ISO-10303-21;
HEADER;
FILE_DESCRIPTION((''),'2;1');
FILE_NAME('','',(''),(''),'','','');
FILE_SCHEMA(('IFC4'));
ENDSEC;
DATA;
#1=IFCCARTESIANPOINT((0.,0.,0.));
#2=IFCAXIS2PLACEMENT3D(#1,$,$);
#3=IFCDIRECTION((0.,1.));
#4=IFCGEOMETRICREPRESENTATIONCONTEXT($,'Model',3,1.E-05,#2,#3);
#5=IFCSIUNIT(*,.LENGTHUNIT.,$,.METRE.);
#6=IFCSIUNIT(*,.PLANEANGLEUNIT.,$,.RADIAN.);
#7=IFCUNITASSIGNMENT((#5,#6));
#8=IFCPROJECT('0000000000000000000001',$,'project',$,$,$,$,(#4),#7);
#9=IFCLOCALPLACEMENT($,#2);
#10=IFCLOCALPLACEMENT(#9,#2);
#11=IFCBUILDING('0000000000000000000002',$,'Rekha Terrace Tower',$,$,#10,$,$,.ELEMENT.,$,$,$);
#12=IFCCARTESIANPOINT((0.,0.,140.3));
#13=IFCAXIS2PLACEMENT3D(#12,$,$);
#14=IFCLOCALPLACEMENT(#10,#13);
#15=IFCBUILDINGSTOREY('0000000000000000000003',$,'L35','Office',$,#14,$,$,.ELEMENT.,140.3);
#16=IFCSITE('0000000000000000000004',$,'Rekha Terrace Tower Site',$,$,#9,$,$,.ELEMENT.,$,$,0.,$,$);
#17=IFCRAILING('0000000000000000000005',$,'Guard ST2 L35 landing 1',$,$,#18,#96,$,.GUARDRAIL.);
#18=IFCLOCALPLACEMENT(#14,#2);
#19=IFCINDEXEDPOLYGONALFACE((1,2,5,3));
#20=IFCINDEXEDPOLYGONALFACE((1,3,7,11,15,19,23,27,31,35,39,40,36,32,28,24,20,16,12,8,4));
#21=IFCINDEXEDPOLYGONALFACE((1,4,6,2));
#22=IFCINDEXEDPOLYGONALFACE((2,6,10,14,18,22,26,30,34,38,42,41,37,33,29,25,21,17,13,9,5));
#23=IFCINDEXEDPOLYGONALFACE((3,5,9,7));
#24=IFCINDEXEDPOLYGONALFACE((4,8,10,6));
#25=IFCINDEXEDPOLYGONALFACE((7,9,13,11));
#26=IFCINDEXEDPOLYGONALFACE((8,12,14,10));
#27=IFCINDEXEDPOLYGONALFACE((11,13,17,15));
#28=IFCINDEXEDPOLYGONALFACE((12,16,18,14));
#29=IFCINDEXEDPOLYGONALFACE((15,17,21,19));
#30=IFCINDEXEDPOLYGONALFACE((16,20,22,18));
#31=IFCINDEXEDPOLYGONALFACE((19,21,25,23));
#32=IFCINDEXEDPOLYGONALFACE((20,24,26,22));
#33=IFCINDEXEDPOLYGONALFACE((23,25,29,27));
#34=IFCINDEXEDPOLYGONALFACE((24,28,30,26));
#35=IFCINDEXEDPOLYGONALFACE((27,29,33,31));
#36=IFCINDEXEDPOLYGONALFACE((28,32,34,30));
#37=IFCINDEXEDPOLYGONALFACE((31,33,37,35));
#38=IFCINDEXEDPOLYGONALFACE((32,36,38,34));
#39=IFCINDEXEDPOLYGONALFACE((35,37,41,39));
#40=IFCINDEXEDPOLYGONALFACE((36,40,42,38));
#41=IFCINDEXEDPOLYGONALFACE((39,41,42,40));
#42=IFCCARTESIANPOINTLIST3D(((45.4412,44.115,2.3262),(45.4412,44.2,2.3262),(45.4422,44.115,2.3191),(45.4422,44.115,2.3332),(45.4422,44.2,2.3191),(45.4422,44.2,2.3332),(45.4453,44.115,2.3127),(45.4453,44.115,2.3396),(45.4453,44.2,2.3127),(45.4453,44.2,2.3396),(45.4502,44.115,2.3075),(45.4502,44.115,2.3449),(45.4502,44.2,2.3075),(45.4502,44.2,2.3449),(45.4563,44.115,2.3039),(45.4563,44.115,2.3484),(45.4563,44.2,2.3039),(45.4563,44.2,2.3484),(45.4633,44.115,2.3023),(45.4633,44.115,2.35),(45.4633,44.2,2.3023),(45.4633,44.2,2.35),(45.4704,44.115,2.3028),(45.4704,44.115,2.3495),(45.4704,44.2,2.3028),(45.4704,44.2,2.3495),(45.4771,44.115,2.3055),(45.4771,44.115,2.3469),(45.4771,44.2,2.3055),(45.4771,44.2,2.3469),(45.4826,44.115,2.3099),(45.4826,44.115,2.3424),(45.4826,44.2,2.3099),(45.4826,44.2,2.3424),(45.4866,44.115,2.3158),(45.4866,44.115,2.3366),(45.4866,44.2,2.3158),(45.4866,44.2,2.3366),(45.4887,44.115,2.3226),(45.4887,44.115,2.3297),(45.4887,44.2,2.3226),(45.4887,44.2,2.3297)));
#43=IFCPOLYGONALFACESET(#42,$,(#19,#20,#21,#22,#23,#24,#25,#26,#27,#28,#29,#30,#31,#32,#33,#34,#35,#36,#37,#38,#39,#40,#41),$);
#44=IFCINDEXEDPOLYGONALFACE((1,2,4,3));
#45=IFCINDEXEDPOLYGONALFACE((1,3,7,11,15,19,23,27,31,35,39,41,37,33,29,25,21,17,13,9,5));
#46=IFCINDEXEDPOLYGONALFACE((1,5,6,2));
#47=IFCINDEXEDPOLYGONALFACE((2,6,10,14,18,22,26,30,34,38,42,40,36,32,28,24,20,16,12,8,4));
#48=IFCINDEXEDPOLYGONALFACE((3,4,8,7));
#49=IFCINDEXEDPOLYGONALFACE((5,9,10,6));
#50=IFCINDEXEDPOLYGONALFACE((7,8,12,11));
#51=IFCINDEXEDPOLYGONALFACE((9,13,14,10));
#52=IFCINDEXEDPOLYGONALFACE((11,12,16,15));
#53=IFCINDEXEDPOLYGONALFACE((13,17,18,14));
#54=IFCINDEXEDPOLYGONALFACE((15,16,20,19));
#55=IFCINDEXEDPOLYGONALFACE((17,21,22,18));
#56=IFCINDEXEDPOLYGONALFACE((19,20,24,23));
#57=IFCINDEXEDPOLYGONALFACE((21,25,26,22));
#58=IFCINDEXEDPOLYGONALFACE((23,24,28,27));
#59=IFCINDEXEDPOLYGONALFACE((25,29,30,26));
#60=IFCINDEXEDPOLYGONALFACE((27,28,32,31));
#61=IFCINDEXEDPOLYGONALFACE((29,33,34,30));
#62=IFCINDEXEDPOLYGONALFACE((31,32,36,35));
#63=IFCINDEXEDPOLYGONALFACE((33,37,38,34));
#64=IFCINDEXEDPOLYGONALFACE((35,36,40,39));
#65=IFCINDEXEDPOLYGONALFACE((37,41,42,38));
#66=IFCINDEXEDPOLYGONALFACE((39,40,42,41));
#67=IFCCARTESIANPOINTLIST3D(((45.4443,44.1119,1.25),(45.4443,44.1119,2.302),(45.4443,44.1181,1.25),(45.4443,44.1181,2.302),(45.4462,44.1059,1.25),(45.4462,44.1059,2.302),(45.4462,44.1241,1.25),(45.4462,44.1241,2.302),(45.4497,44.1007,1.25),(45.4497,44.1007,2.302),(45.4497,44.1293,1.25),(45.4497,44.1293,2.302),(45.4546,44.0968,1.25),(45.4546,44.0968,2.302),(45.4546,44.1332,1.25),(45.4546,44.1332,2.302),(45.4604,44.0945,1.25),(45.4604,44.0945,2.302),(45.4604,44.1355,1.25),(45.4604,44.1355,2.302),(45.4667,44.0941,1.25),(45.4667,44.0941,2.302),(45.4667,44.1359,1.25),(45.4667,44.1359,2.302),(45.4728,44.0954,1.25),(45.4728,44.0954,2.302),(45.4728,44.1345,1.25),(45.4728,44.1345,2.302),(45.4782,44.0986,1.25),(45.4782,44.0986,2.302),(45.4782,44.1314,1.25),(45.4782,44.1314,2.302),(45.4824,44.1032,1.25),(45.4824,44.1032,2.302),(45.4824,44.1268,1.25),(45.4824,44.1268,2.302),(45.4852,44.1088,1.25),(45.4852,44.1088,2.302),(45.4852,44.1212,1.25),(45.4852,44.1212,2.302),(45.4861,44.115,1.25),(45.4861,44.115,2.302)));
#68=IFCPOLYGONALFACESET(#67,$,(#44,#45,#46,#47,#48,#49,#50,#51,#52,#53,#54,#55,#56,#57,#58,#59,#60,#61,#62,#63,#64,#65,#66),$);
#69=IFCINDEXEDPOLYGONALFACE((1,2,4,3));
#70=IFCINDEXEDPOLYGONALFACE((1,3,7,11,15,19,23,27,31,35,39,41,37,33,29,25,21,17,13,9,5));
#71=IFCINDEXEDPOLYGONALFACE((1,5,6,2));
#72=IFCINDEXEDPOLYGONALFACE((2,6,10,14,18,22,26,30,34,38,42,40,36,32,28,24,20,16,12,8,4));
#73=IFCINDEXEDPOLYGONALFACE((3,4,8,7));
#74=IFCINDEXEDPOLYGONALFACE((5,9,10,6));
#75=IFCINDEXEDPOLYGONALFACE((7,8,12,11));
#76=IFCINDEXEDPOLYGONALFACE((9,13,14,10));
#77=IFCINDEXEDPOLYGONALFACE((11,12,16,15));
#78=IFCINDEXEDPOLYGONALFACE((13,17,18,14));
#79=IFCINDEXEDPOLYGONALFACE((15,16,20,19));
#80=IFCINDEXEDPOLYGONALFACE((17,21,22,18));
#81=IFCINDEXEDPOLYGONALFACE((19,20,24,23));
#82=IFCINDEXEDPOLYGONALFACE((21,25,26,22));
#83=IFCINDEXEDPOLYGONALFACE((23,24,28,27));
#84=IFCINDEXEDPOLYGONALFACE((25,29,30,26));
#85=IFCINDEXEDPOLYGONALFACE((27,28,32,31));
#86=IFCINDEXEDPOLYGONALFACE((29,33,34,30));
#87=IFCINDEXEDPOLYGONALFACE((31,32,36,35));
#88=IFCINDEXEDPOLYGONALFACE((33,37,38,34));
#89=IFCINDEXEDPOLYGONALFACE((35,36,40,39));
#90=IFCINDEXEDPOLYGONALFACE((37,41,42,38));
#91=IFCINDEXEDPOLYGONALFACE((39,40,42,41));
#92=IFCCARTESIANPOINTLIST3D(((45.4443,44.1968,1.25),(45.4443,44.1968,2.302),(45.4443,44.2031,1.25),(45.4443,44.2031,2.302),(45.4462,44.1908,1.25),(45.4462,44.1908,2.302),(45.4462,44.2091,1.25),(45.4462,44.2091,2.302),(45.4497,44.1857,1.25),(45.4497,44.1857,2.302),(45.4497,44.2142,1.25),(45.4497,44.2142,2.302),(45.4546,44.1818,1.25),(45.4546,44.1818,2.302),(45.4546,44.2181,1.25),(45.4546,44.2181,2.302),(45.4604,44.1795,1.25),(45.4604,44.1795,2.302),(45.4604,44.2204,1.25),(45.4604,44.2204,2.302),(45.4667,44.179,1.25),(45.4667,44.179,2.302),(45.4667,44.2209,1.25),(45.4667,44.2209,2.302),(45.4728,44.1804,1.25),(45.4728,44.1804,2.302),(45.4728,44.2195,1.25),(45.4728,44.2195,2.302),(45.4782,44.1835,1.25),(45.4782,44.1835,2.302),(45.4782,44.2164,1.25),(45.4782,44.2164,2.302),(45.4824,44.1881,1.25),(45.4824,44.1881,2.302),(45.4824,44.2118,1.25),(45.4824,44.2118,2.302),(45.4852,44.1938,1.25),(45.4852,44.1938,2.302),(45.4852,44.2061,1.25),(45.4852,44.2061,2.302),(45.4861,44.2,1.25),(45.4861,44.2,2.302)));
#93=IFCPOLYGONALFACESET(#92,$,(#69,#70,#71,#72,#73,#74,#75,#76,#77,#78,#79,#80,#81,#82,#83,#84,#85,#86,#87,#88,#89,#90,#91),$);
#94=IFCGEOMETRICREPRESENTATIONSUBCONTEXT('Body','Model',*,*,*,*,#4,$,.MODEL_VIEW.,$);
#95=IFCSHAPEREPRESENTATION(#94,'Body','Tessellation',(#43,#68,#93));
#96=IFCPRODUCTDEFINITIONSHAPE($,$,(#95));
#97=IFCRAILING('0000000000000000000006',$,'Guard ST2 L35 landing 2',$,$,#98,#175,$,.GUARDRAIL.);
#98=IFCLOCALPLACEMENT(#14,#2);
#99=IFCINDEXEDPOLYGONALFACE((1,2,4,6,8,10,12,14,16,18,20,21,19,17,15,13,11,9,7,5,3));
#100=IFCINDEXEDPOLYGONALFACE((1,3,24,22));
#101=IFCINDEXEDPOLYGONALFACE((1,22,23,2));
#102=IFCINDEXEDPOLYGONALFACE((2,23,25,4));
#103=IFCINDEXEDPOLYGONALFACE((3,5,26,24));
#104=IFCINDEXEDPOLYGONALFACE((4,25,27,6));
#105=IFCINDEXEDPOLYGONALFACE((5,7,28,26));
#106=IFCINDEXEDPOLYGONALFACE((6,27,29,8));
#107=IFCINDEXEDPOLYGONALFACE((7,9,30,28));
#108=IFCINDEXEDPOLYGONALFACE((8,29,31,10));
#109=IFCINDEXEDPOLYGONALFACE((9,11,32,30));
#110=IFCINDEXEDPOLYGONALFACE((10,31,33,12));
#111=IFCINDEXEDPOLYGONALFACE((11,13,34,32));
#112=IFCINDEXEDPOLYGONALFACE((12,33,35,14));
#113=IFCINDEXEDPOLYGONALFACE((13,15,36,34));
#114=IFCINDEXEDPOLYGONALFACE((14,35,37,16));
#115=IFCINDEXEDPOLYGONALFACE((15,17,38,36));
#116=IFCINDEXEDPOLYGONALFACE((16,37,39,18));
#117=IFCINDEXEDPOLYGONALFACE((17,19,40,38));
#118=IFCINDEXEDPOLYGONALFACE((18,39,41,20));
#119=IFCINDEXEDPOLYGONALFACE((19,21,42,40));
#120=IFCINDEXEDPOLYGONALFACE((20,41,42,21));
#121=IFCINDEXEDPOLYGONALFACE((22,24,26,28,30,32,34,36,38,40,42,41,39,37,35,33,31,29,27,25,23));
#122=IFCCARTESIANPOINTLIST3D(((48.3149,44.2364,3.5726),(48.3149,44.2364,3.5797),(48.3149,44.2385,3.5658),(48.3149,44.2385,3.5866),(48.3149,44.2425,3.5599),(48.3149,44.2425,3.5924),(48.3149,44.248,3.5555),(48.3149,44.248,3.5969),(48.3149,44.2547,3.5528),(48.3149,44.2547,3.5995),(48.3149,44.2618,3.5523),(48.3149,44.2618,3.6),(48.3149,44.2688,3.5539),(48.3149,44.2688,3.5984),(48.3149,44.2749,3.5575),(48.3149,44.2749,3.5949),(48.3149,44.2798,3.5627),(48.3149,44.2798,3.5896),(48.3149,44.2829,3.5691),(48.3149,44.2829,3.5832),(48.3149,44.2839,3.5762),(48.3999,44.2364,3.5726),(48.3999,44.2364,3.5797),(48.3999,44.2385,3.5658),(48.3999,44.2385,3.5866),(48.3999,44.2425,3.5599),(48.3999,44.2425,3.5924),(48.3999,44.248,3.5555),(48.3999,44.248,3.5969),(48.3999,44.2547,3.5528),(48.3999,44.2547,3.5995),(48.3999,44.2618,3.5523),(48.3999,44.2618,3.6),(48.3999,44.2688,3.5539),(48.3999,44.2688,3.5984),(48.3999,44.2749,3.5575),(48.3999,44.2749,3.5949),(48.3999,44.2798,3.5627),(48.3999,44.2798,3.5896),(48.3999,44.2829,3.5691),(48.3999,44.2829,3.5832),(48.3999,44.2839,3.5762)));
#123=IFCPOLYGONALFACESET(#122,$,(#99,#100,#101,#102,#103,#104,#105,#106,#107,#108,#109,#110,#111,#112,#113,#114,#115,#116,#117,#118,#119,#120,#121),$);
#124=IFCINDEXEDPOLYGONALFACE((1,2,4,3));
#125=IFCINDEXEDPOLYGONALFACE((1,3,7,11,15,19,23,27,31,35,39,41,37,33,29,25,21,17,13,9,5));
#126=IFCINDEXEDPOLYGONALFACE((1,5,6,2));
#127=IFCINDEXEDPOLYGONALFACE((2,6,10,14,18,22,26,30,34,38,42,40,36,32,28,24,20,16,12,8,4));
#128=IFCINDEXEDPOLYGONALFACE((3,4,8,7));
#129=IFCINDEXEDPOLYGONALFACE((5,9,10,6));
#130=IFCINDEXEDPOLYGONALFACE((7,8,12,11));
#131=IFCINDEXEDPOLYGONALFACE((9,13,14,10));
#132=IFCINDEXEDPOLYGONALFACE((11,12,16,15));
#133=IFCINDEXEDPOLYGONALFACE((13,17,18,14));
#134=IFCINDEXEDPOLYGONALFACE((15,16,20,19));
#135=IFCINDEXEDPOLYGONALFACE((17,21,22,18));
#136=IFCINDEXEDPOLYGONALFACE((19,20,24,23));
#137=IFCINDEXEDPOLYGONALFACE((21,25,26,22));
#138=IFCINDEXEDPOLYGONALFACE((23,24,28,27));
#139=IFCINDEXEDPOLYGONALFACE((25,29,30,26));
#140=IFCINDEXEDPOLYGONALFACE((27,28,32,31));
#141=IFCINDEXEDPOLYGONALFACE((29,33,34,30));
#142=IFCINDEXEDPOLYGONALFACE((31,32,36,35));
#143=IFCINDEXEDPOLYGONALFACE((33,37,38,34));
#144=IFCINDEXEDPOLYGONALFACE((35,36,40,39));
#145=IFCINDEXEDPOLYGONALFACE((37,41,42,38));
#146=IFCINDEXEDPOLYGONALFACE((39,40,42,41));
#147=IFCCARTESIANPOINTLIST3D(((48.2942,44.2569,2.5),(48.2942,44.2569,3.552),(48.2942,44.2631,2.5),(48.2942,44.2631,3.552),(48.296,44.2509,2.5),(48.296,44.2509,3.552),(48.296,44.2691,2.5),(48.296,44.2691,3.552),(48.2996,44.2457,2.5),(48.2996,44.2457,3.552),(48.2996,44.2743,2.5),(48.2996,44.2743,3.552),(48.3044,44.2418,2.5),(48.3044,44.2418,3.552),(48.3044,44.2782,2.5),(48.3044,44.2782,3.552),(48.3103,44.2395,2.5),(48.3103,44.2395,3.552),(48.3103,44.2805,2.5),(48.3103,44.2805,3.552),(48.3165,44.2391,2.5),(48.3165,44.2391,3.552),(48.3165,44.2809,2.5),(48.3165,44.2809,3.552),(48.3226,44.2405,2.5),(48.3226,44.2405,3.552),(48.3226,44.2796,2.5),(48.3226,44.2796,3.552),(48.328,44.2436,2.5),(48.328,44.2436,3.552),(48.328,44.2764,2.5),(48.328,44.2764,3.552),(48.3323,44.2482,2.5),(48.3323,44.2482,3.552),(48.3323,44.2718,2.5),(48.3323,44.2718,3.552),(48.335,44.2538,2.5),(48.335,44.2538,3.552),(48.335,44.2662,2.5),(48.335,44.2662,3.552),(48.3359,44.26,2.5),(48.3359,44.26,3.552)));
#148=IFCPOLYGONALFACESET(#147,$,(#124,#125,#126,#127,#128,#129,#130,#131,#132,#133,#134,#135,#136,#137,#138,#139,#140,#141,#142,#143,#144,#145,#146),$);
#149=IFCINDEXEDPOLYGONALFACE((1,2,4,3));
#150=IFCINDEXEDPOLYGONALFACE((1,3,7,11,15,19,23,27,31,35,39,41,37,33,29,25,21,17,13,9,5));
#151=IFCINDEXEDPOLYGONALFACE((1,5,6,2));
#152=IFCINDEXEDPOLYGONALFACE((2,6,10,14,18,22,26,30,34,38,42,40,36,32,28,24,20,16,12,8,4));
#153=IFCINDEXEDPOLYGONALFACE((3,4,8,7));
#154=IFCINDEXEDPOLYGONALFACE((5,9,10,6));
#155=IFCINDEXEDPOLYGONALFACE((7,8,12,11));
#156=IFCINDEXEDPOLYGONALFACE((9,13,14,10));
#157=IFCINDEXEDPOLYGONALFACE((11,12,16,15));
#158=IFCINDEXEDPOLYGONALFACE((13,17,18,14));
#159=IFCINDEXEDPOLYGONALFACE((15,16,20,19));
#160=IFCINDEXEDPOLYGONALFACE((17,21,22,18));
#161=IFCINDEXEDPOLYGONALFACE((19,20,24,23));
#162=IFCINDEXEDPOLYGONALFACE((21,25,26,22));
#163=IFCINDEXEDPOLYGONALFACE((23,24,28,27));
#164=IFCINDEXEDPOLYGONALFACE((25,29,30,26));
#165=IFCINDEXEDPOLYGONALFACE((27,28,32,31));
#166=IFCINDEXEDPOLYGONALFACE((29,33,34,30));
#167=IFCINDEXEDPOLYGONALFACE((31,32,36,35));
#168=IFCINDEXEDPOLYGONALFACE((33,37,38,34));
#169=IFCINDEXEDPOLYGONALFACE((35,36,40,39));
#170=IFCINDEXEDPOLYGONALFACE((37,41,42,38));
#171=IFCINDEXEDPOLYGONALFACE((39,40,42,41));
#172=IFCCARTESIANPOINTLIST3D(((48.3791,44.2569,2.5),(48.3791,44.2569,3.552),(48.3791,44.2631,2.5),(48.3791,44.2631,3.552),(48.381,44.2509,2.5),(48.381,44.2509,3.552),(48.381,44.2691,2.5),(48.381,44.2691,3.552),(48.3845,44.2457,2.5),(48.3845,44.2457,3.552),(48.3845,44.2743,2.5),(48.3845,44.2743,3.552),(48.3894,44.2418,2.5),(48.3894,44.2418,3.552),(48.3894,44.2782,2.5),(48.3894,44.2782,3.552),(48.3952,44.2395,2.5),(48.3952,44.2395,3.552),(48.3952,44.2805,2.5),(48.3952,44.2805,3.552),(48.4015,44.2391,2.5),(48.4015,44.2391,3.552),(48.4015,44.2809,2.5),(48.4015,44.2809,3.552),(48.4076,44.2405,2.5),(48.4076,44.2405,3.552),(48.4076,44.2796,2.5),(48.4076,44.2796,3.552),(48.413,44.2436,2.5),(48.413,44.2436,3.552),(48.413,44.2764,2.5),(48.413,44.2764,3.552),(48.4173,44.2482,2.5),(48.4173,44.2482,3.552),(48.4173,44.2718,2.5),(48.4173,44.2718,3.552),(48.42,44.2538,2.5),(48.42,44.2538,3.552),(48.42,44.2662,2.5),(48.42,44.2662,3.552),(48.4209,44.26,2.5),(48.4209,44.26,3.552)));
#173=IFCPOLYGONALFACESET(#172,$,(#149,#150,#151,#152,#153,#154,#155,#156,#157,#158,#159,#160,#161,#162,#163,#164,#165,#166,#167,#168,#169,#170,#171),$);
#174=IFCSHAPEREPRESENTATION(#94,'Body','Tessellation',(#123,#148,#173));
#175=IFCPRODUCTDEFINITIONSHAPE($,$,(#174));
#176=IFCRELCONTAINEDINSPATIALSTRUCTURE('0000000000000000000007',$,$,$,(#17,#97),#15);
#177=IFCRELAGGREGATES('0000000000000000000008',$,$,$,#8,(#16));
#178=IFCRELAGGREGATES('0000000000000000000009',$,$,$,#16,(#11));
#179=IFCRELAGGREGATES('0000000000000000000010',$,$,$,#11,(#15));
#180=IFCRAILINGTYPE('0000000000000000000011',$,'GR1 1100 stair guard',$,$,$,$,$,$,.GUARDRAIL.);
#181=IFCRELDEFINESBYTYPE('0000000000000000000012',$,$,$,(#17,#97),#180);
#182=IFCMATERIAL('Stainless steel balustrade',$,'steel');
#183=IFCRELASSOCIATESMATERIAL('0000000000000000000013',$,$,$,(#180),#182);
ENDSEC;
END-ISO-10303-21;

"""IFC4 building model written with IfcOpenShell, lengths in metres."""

from ifc_helpers import new_model, si_unit, direction, frame, origin, origin_2d, place, context, subcontext, project, spatial, circle, extrude, material, type_object, element, save


model = new_model("IFC4")

# Units and contexts
model_context = context("Model", 3, precision=1e-05, world=origin(), true_north=direction((0.0, 1.0)))
body_context = subcontext(model_context, "Body", "Model", "MODEL_VIEW")
ifc_project = project(units=[si_unit("LENGTHUNIT", "METRE"), si_unit("PLANEANGLEUNIT", "RADIAN")], contexts=[model_context])

# Site, building, storey
site_placement = place(None, origin())
site = spatial("IfcSite", under=ifc_project, at=site_placement, Name="Rekha Terrace Tower Site", CompositionType="ELEMENT", RefElevation=0.0)
building_placement = place(site_placement, origin())
building = spatial("IfcBuilding", under=site, at=building_placement, Name="Rekha Terrace Tower", CompositionType="ELEMENT")
storey_placement = place(building_placement, frame((0.0, 0.0, 140.3)))
storey = spatial("IfcBuildingStorey", under=building, at=storey_placement, Name="L35", Description="Office", CompositionType="ELEMENT", Elevation=140.3)

# Railings
ifc_material_1 = material(Name="Stainless steel balustrade", Category="steel")
railing_type_1 = type_object("IfcRailingType", Name="GR1 1100 stair guard", PredefinedType="GUARDRAIL", material=ifc_material_1)
railing_1_placement = place(storey_placement, frame((45.4651, 44.115, 1.25)))
element("IfcRailing", 1, at=railing_1_placement, inside=storey, type_object=railing_type_1, Name="Guard ST2 L35 landing 1", PredefinedType="GUARDRAIL", context=body_context, shape_type="SweptSolid", body=[
    extrude(circle(Radius=0.0239, at=origin_2d()), frame((0.0, 0.0, 1.0762), z_axis=(0.0, 1.0, 0.0), x_axis=(-1.0, 0.0, 0.0)), (0.0, 0.0, 1.0), 0.085),
    extrude(circle(Radius=0.021, at=origin_2d()), origin(), (0.0, 0.0, 1.0), 1.052),
    extrude(circle(Radius=0.021, at=origin_2d()), frame((0.0, 0.085, 0.0)), (0.0, 0.0, 1.0), 1.052),
])
railing_2_placement = place(storey_placement, frame((48.3149, 44.26, 2.5)))
element("IfcRailing", 2, at=railing_2_placement, inside=storey, type_object=railing_type_1, Name="Guard ST2 L35 landing 2", PredefinedType="GUARDRAIL", context=body_context, shape_type="SweptSolid", body=[
    extrude(circle(Radius=0.0239, at=origin_2d()), frame((0.0, 0.0, 1.0762), z_axis=(1.0, 0.0, 0.0), x_axis=(0.0, 1.0, 0.0)), (0.0, 0.0, 1.0), 0.085),
    extrude(circle(Radius=0.021, at=origin_2d()), origin(), (0.0, 0.0, 1.0), 1.052),
    extrude(circle(Radius=0.021, at=origin_2d()), frame((0.085, 0.0, 0.0)), (0.0, 0.0, 1.0), 1.052),
])

save(model, "model.ifc")
